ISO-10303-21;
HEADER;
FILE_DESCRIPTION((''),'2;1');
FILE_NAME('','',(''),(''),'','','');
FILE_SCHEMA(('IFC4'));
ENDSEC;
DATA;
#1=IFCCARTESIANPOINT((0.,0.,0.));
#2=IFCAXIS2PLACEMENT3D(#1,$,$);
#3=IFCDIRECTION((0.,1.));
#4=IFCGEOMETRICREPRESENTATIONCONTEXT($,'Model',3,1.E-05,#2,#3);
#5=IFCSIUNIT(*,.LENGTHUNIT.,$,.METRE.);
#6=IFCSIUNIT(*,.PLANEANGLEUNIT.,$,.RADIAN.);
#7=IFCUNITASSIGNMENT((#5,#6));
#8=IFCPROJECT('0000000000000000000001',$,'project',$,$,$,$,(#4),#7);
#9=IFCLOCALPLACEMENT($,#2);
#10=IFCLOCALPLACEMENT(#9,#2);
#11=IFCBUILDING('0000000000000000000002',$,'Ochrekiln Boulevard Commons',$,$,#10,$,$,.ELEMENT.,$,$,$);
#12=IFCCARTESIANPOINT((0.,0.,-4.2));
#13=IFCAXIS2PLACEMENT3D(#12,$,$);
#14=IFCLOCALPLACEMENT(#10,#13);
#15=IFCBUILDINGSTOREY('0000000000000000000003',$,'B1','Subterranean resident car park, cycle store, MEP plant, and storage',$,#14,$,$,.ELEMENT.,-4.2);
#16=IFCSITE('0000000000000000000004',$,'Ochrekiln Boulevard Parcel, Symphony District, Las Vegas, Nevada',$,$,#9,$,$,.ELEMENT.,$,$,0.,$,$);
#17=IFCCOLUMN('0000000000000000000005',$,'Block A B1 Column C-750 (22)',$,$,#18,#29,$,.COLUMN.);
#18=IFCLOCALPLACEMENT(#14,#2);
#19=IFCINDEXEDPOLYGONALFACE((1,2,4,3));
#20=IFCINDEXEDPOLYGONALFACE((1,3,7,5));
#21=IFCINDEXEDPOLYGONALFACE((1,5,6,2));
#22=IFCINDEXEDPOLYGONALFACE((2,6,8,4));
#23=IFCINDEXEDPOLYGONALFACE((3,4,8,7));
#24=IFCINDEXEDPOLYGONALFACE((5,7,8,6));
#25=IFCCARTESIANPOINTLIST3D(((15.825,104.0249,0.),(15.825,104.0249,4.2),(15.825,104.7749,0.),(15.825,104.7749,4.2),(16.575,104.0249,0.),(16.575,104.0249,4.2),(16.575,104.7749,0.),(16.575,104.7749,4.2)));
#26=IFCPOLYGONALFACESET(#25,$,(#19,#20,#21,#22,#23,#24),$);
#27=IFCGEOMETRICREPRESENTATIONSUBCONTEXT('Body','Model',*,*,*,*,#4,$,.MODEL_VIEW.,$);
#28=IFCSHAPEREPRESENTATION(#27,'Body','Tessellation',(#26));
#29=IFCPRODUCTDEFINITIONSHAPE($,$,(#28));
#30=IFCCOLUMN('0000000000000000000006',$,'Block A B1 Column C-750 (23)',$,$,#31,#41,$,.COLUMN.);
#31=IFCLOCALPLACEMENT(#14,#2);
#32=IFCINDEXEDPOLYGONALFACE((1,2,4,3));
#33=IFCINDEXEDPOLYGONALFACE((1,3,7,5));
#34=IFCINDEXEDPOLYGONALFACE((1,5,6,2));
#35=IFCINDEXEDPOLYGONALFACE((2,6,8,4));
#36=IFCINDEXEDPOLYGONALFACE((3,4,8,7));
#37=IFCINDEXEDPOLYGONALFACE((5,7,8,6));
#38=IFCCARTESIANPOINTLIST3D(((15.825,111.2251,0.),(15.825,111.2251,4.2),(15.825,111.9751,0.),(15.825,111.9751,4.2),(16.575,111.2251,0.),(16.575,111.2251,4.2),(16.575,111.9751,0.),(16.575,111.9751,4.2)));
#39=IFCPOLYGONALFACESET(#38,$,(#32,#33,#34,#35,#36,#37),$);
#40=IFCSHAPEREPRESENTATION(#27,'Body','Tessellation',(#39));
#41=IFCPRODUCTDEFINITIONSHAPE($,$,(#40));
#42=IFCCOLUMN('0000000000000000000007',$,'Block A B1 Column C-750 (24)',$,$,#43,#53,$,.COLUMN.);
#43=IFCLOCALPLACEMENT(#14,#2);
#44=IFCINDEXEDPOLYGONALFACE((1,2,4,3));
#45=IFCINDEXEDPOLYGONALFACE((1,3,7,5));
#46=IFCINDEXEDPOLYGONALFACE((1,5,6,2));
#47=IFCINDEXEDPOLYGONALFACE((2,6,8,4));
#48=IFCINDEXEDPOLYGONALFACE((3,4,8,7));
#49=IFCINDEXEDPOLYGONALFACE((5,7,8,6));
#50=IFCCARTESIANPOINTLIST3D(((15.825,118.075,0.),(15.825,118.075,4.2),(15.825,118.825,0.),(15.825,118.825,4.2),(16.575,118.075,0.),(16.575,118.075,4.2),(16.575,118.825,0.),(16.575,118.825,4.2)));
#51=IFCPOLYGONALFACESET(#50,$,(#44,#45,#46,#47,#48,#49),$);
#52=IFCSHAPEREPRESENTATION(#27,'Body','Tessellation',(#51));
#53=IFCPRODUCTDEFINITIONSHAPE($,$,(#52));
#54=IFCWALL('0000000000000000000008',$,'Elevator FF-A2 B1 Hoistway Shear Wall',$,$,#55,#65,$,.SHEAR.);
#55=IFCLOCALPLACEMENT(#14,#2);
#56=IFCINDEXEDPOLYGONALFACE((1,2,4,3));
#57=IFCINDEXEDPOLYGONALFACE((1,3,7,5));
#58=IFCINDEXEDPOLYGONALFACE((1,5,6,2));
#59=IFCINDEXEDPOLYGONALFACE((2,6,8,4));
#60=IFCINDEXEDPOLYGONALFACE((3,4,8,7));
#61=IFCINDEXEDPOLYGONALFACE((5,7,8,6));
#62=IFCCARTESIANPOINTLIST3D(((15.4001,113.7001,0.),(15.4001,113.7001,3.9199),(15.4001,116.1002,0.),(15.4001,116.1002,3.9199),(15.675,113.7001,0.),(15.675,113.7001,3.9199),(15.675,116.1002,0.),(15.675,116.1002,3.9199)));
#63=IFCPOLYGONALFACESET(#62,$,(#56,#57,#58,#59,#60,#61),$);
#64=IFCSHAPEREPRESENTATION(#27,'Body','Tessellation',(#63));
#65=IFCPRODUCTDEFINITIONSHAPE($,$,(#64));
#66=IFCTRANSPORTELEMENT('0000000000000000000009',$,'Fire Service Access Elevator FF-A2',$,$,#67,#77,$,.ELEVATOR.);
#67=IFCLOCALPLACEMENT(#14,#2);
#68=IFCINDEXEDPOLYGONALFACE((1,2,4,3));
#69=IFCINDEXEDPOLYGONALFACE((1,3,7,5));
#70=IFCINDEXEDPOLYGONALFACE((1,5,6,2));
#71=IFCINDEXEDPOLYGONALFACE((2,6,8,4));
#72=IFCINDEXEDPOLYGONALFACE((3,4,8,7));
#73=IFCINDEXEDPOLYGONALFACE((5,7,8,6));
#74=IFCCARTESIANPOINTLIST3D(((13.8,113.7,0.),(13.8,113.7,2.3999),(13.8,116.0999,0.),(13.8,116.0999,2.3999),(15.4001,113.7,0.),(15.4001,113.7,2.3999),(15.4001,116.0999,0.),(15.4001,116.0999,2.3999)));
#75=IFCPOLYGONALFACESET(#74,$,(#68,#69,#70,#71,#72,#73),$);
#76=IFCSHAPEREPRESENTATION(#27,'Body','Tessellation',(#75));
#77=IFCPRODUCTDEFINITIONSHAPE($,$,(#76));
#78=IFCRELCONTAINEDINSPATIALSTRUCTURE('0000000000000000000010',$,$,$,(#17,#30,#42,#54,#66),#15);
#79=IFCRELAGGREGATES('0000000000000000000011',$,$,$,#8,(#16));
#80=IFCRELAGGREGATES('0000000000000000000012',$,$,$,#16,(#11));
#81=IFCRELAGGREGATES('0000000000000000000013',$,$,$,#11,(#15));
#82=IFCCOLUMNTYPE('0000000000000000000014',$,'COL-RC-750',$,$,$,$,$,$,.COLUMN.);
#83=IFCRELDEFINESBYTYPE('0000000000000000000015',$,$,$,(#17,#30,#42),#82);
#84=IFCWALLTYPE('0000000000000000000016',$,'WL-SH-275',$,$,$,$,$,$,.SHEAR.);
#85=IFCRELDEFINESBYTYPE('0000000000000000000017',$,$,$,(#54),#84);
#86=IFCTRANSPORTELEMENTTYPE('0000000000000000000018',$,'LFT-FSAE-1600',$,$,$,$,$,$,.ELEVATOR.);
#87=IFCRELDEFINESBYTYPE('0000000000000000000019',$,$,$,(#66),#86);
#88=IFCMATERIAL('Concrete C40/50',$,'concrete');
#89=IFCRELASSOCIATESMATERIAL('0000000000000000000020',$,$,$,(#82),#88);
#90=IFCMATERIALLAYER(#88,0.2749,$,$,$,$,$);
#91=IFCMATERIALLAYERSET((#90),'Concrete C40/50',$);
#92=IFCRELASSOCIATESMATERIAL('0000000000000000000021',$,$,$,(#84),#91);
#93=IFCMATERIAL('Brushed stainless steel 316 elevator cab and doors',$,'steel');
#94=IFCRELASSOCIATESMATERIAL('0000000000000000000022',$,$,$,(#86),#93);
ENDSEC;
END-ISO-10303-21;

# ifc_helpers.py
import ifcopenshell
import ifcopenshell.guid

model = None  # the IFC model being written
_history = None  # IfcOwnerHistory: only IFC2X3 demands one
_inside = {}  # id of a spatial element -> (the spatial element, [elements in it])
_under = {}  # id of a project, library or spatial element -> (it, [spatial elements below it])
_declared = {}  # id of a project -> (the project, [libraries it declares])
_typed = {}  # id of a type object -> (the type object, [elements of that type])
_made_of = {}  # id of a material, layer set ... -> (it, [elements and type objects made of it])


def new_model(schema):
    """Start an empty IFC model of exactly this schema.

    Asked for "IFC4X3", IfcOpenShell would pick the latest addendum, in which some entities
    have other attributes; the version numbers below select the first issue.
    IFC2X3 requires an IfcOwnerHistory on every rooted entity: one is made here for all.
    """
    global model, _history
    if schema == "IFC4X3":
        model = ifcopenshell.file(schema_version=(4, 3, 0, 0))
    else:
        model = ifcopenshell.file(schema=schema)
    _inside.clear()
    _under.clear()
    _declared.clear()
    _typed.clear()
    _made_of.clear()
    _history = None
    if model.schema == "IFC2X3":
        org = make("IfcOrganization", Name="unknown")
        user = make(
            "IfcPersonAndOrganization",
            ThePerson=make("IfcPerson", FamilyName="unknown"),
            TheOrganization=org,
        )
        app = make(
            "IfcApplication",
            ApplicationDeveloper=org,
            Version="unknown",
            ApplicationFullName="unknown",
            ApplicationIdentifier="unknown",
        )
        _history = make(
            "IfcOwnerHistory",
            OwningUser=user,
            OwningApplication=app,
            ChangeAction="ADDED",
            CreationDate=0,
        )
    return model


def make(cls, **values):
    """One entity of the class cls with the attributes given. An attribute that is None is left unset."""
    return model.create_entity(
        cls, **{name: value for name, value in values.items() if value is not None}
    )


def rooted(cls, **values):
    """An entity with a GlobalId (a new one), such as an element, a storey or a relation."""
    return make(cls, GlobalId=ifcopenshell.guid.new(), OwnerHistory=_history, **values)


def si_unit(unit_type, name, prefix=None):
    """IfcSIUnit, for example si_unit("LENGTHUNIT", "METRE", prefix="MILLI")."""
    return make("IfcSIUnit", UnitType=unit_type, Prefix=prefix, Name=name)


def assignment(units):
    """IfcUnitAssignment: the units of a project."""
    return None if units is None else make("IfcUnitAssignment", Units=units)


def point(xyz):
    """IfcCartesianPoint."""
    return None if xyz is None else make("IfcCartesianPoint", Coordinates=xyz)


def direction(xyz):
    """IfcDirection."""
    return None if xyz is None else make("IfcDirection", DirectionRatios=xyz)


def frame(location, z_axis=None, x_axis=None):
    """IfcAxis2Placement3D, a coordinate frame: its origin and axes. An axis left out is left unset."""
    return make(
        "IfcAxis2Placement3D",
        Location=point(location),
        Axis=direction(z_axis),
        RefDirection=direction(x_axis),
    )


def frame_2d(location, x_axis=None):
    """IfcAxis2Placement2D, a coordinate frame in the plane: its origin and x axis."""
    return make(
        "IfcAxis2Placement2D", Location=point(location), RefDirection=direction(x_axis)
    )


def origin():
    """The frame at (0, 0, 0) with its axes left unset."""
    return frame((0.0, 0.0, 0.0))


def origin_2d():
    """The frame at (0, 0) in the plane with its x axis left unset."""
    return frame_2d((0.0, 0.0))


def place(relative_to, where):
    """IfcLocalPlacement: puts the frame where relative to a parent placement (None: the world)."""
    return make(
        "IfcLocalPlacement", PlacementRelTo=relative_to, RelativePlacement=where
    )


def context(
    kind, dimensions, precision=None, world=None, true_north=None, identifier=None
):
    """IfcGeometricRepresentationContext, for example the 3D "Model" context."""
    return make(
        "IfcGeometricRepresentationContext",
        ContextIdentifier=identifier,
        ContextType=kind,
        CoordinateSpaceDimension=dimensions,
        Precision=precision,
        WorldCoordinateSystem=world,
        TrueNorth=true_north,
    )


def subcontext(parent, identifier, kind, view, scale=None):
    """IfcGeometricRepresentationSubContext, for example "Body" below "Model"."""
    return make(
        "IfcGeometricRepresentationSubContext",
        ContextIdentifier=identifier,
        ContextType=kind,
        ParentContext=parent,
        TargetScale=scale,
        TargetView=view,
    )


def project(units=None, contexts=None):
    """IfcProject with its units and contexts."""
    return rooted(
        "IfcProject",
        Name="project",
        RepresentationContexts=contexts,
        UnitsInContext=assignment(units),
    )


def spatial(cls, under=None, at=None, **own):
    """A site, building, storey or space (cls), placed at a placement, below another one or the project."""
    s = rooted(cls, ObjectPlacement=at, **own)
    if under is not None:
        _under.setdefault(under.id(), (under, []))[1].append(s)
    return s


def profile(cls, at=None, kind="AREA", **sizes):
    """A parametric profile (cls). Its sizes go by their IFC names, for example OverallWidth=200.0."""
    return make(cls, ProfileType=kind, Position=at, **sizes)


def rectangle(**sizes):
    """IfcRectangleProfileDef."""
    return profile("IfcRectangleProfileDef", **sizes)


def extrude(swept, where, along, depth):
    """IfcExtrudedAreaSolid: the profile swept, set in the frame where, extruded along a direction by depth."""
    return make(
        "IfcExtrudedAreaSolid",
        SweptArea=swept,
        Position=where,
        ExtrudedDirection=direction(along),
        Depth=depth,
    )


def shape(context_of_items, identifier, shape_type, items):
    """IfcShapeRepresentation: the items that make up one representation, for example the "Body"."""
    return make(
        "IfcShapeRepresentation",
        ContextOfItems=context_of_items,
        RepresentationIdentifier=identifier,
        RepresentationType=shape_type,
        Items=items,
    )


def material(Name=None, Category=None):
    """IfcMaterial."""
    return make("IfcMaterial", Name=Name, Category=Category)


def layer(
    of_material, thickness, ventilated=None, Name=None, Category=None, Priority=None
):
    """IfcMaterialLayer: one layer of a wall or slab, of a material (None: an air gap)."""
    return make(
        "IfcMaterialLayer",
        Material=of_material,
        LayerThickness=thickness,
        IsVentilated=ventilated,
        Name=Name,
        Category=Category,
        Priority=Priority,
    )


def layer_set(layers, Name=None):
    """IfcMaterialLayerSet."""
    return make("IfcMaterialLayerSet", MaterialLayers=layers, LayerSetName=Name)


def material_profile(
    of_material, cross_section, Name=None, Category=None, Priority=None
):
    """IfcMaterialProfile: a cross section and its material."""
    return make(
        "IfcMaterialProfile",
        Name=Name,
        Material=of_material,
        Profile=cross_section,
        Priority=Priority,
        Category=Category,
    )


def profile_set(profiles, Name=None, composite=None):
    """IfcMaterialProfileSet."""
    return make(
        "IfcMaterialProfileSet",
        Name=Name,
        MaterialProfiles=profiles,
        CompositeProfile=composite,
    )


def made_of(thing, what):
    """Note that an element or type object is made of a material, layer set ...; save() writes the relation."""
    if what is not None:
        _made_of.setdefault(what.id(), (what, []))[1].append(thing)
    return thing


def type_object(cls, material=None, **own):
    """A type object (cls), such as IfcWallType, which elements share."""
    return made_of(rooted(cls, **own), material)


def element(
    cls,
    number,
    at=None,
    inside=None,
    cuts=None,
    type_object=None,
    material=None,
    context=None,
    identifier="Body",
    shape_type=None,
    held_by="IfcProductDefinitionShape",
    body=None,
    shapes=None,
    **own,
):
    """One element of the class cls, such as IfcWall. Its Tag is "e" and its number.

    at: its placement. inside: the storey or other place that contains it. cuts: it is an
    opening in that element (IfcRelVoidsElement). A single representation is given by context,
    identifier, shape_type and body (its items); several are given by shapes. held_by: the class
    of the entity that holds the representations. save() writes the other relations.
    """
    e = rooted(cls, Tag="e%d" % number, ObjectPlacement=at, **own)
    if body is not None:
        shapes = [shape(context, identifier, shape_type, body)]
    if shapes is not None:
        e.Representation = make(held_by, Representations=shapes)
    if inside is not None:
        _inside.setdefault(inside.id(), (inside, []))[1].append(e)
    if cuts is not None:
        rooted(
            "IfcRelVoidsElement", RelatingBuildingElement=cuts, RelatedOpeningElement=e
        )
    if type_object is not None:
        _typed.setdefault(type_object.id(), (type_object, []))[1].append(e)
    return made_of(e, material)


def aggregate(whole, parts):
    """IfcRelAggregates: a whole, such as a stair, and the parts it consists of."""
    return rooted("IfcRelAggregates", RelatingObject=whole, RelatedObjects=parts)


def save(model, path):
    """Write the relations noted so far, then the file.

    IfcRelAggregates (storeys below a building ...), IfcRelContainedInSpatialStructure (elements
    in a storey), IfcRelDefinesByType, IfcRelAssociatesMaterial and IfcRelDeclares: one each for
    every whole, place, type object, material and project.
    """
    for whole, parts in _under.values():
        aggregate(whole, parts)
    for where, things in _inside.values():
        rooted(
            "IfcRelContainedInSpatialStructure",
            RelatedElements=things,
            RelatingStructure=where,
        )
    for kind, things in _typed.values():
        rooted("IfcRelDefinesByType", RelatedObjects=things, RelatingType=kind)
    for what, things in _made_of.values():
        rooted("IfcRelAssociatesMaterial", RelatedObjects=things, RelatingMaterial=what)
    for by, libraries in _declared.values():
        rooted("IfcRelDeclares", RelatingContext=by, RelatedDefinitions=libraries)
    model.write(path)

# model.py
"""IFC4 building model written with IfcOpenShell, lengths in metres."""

from ifc_helpers import new_model, si_unit, direction, frame, frame_2d, origin, origin_2d, place, context, subcontext, project, spatial, rectangle, extrude, material, layer, layer_set, material_profile, profile_set, type_object, element, save


model = new_model("IFC4")

# Units and contexts
model_context = context("Model", 3, precision=1e-05, world=origin(), true_north=direction((0.0, 1.0)))
body_context = subcontext(model_context, "Body", "Model", "MODEL_VIEW")
ifc_project = project(units=[si_unit("LENGTHUNIT", "METRE"), si_unit("PLANEANGLEUNIT", "RADIAN")], contexts=[model_context])

# Site, building, storey
site_placement = place(None, origin())
site = spatial("IfcSite", under=ifc_project, at=site_placement, Name="Ochrekiln Boulevard Parcel, Symphony District, Las Vegas, Nevada", CompositionType="ELEMENT", RefElevation=0.0)
building_placement = place(site_placement, origin())
building = spatial("IfcBuilding", under=site, at=building_placement, Name="Ochrekiln Boulevard Commons", CompositionType="ELEMENT")
storey_placement = place(building_placement, frame((0.0, 0.0, -4.2)))
storey = spatial("IfcBuildingStorey", under=building, at=storey_placement, Name="B1", Description="Subterranean resident car park, cycle store, MEP plant, and storage", CompositionType="ELEMENT", Elevation=-4.2)

# Columns
ifc_material_1 = material(Name="Concrete C40/50", Category="concrete")
ifc_material_profile_1 = material_profile(ifc_material_1, rectangle(XDim=0.75, YDim=0.75, at=origin_2d()), Name="RC-COL-750x750")
ifc_profile_set_1 = profile_set([ifc_material_profile_1], Name="Concrete C40/50")
column_type = type_object("IfcColumnType", Name="COL-RC-750", PredefinedType="COLUMN", material=ifc_profile_set_1)
for number, where, z_axis, x_axis, name in (
    (1, (16.2, 104.3999, 0.0), (0.0, 0.0, 1.0), (1.0, 0.0, 0.0), "Block A B1 Column C-750 (22)"),
    (2, (16.2, 111.6001, 0.0), (0.0, 0.0, 1.0), (1.0, 0.0, 0.0), "Block A B1 Column C-750 (23)"),
    (3, (16.2, 118.45, 0.0), (0.0, 0.0, 1.0), (1.0, 0.0, 0.0), "Block A B1 Column C-750 (24)"),
):
    element("IfcColumn", number, at=place(storey_placement, frame(where, z_axis=z_axis, x_axis=x_axis)), inside=storey, type_object=column_type, Name=name, PredefinedType="COLUMN", context=body_context, shape_type="SweptSolid", body=[
        extrude(rectangle(XDim=0.75, YDim=0.75, at=origin_2d()), origin(), (0.0, 0.0, 1.0), 4.2),
    ])

# Shared definitions
ifc_layer = layer(ifc_material_1, 0.2749)
ifc_layer_set = layer_set([ifc_layer], Name="Concrete C40/50")
wall_type = type_object("IfcWallType", Name="WL-SH-275", PredefinedType="SHEAR", material=ifc_layer_set)
ifc_material_2 = material(Name="Brushed stainless steel 316 elevator cab and doors", Category="steel")

# Wall
wall_1_placement = place(storey_placement, frame((15.5376, 113.7, 0.0), z_axis=(0.0, 0.0, 1.0), x_axis=(0.0, 1.0, 0.0)))
element("IfcWall", 4, at=wall_1_placement, inside=storey, type_object=wall_type, Name="Elevator FF-A2 B1 Hoistway Shear Wall", PredefinedType="SHEAR", context=body_context, shape_type="SweptSolid", body=[
    extrude(rectangle(XDim=2.4001, YDim=0.2749, at=frame_2d((1.2002, 0.0))), origin(), (0.0, 0.0, 1.0), 3.9199),
])

# Transport element
transport_element_type = type_object("IfcTransportElementType", Name="LFT-FSAE-1600", PredefinedType="ELEVATOR", material=ifc_material_2)
transport_element_placement = place(storey_placement, frame((14.6001, 114.8999, 0.0), z_axis=(0.0, 0.0, 1.0), x_axis=(1.0, 0.0, 0.0)))
element("IfcTransportElement", 5, at=transport_element_placement, inside=storey, type_object=transport_element_type, Name="Fire Service Access Elevator FF-A2", PredefinedType="ELEVATOR", context=body_context, shape_type="SweptSolid", body=[
    extrude(rectangle(XDim=1.6001, YDim=2.3999, at=origin_2d()), origin(), (0.0, 0.0, 1.0), 2.3999),
])

save(model, "model.ifc")
